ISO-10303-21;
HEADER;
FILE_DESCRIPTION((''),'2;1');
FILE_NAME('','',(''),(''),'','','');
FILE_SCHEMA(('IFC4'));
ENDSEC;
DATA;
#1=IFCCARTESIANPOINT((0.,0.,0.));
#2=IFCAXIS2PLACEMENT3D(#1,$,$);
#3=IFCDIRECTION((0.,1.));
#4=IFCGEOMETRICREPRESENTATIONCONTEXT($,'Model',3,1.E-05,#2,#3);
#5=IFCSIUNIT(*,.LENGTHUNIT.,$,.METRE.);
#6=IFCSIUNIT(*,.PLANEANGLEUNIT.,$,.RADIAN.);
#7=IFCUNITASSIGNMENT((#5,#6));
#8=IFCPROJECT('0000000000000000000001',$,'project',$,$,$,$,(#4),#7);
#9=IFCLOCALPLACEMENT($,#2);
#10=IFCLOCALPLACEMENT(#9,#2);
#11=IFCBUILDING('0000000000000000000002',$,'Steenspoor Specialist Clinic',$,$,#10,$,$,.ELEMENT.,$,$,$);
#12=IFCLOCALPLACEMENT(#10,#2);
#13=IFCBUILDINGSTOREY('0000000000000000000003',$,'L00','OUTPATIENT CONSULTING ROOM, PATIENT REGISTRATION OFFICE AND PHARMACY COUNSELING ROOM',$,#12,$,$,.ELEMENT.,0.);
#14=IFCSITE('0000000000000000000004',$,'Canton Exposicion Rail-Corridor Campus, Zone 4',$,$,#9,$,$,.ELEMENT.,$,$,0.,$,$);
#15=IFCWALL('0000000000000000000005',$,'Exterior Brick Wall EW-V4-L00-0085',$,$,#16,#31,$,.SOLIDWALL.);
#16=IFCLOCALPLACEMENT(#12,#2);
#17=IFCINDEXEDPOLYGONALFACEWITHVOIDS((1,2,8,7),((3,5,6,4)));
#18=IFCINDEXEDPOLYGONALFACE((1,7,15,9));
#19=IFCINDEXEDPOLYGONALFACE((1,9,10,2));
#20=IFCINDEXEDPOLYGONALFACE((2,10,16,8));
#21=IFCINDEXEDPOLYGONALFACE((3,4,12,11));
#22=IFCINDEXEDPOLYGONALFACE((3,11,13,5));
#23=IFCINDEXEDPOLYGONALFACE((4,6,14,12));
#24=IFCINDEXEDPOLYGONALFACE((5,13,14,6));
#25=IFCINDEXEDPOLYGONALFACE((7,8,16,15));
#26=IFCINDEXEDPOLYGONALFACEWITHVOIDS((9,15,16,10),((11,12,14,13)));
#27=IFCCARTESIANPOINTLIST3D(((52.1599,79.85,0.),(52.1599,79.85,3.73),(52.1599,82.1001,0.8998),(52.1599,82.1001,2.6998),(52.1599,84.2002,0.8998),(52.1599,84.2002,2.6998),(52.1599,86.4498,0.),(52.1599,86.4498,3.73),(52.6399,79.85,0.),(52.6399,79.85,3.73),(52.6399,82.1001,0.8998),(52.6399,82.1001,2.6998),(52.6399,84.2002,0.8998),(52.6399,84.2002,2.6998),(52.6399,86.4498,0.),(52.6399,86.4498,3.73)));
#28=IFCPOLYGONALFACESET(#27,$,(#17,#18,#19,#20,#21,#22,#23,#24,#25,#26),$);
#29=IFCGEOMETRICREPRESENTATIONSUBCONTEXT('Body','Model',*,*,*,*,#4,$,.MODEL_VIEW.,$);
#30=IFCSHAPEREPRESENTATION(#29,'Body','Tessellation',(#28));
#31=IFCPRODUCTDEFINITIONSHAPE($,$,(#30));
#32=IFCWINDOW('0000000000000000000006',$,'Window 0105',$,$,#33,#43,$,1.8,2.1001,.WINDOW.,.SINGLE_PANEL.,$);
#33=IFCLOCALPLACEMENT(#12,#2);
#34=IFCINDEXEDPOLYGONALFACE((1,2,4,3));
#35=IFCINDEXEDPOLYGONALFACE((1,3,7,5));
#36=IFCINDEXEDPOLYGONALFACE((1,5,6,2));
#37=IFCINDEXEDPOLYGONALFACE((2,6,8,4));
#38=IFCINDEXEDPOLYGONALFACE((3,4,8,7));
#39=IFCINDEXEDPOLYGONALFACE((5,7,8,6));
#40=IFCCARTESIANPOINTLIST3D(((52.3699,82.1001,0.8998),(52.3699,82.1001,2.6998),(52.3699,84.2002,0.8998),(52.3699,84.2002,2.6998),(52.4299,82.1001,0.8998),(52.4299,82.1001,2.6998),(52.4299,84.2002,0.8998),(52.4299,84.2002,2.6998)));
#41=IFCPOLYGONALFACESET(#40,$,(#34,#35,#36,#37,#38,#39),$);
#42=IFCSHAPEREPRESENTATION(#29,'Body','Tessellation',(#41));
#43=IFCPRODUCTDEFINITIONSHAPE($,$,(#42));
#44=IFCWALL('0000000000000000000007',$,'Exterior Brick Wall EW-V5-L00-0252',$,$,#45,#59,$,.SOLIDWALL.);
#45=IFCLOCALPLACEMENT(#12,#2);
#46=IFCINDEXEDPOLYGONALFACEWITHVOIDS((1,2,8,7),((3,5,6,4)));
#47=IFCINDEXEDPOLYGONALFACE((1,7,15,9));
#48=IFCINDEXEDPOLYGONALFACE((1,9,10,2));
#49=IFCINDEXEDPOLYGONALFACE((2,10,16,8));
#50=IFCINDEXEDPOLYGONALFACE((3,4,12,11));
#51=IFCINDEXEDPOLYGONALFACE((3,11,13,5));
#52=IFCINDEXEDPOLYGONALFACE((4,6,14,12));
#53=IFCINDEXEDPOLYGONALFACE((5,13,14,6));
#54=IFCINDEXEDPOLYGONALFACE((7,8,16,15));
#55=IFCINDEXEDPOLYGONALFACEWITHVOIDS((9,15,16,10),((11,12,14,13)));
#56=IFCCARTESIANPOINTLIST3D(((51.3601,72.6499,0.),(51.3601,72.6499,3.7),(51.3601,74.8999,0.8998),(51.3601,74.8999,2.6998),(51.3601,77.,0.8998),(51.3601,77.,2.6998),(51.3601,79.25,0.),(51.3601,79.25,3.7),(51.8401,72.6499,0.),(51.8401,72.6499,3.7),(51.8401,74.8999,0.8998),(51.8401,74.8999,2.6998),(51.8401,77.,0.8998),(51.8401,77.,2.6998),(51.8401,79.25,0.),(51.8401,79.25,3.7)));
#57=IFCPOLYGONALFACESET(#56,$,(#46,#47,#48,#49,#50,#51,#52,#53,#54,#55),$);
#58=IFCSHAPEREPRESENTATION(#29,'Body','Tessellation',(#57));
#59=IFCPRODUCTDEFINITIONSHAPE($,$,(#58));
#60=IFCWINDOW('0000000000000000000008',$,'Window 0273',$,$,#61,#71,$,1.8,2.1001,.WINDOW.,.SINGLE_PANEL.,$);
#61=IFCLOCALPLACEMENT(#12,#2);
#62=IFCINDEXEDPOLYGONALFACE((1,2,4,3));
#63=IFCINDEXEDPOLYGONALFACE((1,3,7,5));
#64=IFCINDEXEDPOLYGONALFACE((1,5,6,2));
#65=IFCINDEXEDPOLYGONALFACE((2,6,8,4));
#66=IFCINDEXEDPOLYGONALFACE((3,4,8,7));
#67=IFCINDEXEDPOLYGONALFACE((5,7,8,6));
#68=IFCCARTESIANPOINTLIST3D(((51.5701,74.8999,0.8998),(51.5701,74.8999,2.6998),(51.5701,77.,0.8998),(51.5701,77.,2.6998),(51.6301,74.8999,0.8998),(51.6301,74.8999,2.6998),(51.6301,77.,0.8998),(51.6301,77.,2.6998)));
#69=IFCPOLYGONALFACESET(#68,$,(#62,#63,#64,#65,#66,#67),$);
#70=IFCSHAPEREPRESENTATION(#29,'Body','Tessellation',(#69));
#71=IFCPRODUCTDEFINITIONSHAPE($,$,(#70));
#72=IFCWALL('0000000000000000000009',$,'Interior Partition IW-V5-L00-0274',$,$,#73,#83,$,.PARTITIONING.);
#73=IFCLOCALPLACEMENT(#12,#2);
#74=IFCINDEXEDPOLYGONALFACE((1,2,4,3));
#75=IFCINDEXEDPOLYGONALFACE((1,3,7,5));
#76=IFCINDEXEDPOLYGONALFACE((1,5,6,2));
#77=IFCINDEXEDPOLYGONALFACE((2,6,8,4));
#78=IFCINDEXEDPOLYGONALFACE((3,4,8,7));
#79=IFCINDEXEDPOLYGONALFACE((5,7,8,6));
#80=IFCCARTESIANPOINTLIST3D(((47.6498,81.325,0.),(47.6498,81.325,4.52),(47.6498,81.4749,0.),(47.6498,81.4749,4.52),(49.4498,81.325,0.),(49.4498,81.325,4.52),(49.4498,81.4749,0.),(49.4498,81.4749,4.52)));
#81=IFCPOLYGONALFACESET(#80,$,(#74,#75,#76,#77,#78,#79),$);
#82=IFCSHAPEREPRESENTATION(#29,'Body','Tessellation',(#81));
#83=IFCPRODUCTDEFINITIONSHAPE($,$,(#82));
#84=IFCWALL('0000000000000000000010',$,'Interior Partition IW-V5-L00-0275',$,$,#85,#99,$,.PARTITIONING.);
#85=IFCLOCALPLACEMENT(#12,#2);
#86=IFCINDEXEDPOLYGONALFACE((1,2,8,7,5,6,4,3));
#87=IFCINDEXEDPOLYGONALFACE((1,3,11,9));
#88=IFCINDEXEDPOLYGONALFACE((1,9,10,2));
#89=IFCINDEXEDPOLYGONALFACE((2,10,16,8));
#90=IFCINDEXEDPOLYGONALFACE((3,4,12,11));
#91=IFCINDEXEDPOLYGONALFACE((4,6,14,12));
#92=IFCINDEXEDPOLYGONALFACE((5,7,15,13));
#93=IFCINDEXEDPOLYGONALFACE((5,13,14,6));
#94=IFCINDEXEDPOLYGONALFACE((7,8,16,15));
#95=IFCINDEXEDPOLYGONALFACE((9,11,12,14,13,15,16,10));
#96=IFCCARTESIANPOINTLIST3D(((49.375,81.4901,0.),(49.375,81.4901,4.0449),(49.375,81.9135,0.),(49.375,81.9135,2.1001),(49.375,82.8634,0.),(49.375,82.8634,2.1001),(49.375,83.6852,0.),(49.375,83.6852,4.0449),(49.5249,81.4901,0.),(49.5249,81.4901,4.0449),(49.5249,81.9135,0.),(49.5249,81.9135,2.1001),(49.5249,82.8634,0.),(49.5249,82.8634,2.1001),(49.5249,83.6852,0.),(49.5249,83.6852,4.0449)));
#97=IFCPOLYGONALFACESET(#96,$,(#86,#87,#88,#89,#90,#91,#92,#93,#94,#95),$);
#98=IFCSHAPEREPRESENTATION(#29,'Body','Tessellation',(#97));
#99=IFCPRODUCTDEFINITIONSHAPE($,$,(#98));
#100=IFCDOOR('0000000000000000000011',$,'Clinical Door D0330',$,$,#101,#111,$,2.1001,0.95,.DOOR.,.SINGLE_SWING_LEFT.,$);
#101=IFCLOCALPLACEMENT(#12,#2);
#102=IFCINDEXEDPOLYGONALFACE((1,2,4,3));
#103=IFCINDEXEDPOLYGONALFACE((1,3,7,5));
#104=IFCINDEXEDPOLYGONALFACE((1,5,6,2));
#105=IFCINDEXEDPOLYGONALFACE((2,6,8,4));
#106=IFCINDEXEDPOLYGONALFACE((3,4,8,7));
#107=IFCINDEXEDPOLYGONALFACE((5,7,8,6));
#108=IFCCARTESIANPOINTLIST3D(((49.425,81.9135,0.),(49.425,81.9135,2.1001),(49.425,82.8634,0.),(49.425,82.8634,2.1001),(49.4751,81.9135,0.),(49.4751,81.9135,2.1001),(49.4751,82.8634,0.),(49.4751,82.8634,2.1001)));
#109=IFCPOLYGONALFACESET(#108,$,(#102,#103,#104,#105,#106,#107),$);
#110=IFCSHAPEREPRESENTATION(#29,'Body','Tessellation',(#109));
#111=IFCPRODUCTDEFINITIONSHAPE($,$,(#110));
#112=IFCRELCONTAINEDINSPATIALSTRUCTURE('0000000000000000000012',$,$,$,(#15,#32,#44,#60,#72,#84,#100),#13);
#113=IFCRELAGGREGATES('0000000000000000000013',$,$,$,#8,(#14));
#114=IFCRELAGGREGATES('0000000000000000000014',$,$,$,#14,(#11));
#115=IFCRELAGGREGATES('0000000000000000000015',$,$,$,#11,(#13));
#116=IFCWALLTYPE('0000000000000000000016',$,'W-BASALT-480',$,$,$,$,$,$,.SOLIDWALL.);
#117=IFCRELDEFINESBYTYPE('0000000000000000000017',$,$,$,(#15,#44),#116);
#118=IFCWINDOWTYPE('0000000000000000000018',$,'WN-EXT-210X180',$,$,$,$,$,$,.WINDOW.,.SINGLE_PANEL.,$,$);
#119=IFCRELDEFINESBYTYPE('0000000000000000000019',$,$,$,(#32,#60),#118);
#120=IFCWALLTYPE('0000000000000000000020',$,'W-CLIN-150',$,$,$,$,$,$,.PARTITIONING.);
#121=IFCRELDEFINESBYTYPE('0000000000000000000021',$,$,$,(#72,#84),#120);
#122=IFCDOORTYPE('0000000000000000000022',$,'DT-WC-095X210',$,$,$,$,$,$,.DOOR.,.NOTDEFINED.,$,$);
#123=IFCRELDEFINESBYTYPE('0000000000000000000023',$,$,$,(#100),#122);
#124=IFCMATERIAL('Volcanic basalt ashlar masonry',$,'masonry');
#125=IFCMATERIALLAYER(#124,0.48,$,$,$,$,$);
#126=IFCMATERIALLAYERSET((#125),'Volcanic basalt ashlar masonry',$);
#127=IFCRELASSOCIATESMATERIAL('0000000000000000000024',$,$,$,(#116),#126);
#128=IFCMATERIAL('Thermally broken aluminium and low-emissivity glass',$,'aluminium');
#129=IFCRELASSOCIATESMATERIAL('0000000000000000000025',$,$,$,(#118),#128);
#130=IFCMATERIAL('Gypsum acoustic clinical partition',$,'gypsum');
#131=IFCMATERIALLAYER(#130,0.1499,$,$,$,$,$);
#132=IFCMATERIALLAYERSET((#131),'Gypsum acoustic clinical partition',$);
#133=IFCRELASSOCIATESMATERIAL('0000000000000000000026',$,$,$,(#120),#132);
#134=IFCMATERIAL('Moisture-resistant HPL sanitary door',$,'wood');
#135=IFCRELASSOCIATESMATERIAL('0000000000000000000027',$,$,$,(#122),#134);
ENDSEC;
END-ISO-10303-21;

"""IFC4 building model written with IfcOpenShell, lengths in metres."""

from ifc_helpers import new_model, si_unit, direction, frame, frame_2d, origin, place, context, subcontext, project, spatial, rectangle, extrude, material, layer, layer_set, type_object, element, fill, save


model = new_model("IFC4")

# Units and contexts
model_context = context("Model", 3, precision=1e-05, world=origin(), true_north=direction((0.0, 1.0)))
body_context = subcontext(model_context, "Body", "Model", "MODEL_VIEW")
ifc_project = project(units=[si_unit("LENGTHUNIT", "METRE"), si_unit("PLANEANGLEUNIT", "RADIAN")], contexts=[model_context])

# Site, building, storey
site_placement = place(None, origin())
site = spatial("IfcSite", under=ifc_project, at=site_placement, Name="Canton Exposicion Rail-Corridor Campus, Zone 4", CompositionType="ELEMENT", RefElevation=0.0)
building_placement = place(site_placement, origin())
building = spatial("IfcBuilding", under=site, at=building_placement, Name="Steenspoor Specialist Clinic", CompositionType="ELEMENT")
storey_placement = place(building_placement, origin())
storey = spatial("IfcBuildingStorey", under=building, at=storey_placement, Name="L00", Description="OUTPATIENT CONSULTING ROOM, PATIENT REGISTRATION OFFICE AND PHARMACY COUNSELING ROOM", CompositionType="ELEMENT", Elevation=0.0)

# Shared definitions
ifc_material_1 = material(Name="Thermally broken aluminium and low-emissivity glass", Category="aluminium")

# Walls, openings, windows
ifc_material_2 = material(Name="Volcanic basalt ashlar masonry", Category="masonry")
ifc_layer_1 = layer(ifc_material_2, 0.48)
ifc_layer_set_1 = layer_set([ifc_layer_1], Name="Volcanic basalt ashlar masonry")
wall_type_1 = type_object("IfcWallType", Name="W-BASALT-480", PredefinedType="SOLIDWALL", material=ifc_layer_set_1)
wall_1_placement = place(storey_placement, frame((52.3999, 79.8501, 0.0), z_axis=(0.0, 0.0, 1.0), x_axis=(0.0, 1.0, 0.0)))
wall_1 = element("IfcWall", 1, at=wall_1_placement, inside=storey, type_object=wall_type_1, Name="Exterior Brick Wall EW-V4-L00-0085", PredefinedType="SOLIDWALL", context=body_context, shape_type="SweptSolid", body=[
    extrude(rectangle(XDim=6.5999, YDim=0.48, at=frame_2d((3.2998, 0.0))), origin(), (0.0, 0.0, 1.0), 3.73),
])
opening_1_placement = place(wall_1_placement, frame((2.25, 0.0, 0.8999)))
opening_1 = element("IfcOpeningElement", 2, at=opening_1_placement, cuts=wall_1, PredefinedType="OPENING", context=body_context, shape_type="SweptSolid", body=[
    extrude(rectangle(XDim=2.1001, YDim=1.8, at=frame_2d((1.05, 0.8999))), frame((0.0, 0.25, 0.0), z_axis=(0.0, -1.0, 0.0), x_axis=(1.0, 0.0, 0.0)), (0.0, 0.0, 1.0), 0.5),
])
window_type = type_object("IfcWindowType", Name="WN-EXT-210X180", PartitioningType="SINGLE_PANEL", PredefinedType="WINDOW", material=ifc_material_1)
window_1_placement = place(opening_1_placement, origin())
window_1 = element("IfcWindow", 3, at=window_1_placement, inside=storey, type_object=window_type, Name="Window 0105", OverallHeight=1.8, OverallWidth=2.1001, PartitioningType="SINGLE_PANEL", PredefinedType="WINDOW", context=body_context, shape_type="SweptSolid", body=[
    extrude(rectangle(XDim=2.1001, YDim=1.8, at=frame_2d((1.05, 0.8999))), frame((0.0, 0.03, 0.0), z_axis=(0.0, -1.0, 0.0), x_axis=(1.0, 0.0, 0.0)), (0.0, 0.0, 1.0), 0.0601),
])
fill(opening_1, window_1)
wall_2_placement = place(storey_placement, frame((51.6001, 79.25, 0.0), z_axis=(0.0, 0.0, 1.0), x_axis=(0.0, -1.0, 0.0)))
wall_2 = element("IfcWall", 4, at=wall_2_placement, inside=storey, type_object=wall_type_1, Name="Exterior Brick Wall EW-V5-L00-0252", PredefinedType="SOLIDWALL", context=body_context, shape_type="SweptSolid", body=[
    extrude(rectangle(XDim=6.6001, YDim=0.48, at=frame_2d((3.3, 0.0))), origin(), (0.0, 0.0, 1.0), 3.7),
])
opening_2_placement = place(wall_2_placement, frame((2.25, 0.0, 0.8999)))
opening_2 = element("IfcOpeningElement", 5, at=opening_2_placement, cuts=wall_2, PredefinedType="OPENING", context=body_context, shape_type="SweptSolid", body=[
    extrude(rectangle(XDim=2.1001, YDim=1.8, at=frame_2d((1.05, 0.8999))), frame((0.0, 0.25, 0.0), z_axis=(0.0, -1.0, 0.0), x_axis=(1.0, 0.0, 0.0)), (0.0, 0.0, 1.0), 0.5),
])
window_2_placement = place(opening_2_placement, origin())
window_2 = element("IfcWindow", 6, at=window_2_placement, inside=storey, type_object=window_type, Name="Window 0273", OverallHeight=1.8, OverallWidth=2.1001, PartitioningType="SINGLE_PANEL", PredefinedType="WINDOW", context=body_context, shape_type="SweptSolid", body=[
    extrude(rectangle(XDim=2.1001, YDim=1.8, at=frame_2d((1.05, 0.8999))), frame((0.0, 0.03, 0.0), z_axis=(0.0, -1.0, 0.0), x_axis=(1.0, 0.0, 0.0)), (0.0, 0.0, 1.0), 0.0601),
])
fill(opening_2, window_2)

# Wall
ifc_material_3 = material(Name="Gypsum acoustic clinical partition", Category="gypsum")
ifc_layer_2 = layer(ifc_material_3, 0.1499)
ifc_layer_set_2 = layer_set([ifc_layer_2], Name="Gypsum acoustic clinical partition")
wall_type_2 = type_object("IfcWallType", Name="W-CLIN-150", PredefinedType="PARTITIONING", material=ifc_layer_set_2)
wall_3_placement = place(storey_placement, frame((47.6499, 81.3999, 0.0), z_axis=(0.0, 0.0, 1.0), x_axis=(1.0, 0.0, 0.0)))
element("IfcWall", 7, at=wall_3_placement, inside=storey, type_object=wall_type_2, Name="Interior Partition IW-V5-L00-0274", PredefinedType="PARTITIONING", context=body_context, shape_type="SweptSolid", body=[
    extrude(rectangle(XDim=1.8, YDim=0.1499, at=frame_2d((0.8999, 0.0))), origin(), (0.0, 0.0, 1.0), 4.52),
])

# Wall, opening, door
wall_4_placement = place(storey_placement, frame((49.45, 81.49, 0.0), z_axis=(0.0, 0.0, 1.0), x_axis=(0.0, 1.0, 0.0)))
wall_4 = element("IfcWall", 8, at=wall_4_placement, inside=storey, type_object=wall_type_2, Name="Interior Partition IW-V5-L00-0275", PredefinedType="PARTITIONING", context=body_context, shape_type="SweptSolid", body=[
    extrude(rectangle(XDim=2.1951, YDim=0.1499, at=frame_2d((1.0977, 0.0))), origin(), (0.0, 0.0, 1.0), 4.0449),
])
opening_3_placement = place(wall_4_placement, frame((0.4233, 0.0, 0.0)))
opening_3 = element("IfcOpeningElement", 9, at=opening_3_placement, cuts=wall_4, PredefinedType="OPENING", context=body_context, shape_type="SweptSolid", body=[
    extrude(rectangle(XDim=0.95, YDim=2.1001, at=frame_2d((0.4751, 1.05))), frame((0.0, 0.085, 0.0), z_axis=(0.0, -1.0, 0.0), x_axis=(1.0, 0.0, 0.0)), (0.0, 0.0, 1.0), 0.1699),
])
ifc_material_4 = material(Name="Moisture-resistant HPL sanitary door", Category="wood")
door_type = type_object("IfcDoorType", Name="DT-WC-095X210", OperationType="NOTDEFINED", PredefinedType="DOOR", material=ifc_material_4)
door_placement = place(opening_3_placement, origin())
door = element("IfcDoor", 10, at=door_placement, inside=storey, type_object=door_type, Name="Clinical Door D0330", OperationType="SINGLE_SWING_LEFT", OverallHeight=2.1001, OverallWidth=0.95, PredefinedType="DOOR", context=body_context, shape_type="SweptSolid", body=[
    extrude(rectangle(XDim=0.95, YDim=2.1001, at=frame_2d((0.4751, 1.05))), frame((0.0, 0.0249, 0.0), z_axis=(0.0, -1.0, 0.0), x_axis=(1.0, 0.0, 0.0)), (0.0, 0.0, 1.0), 0.05),
])
fill(opening_3, door)

save(model, "model.ifc")
